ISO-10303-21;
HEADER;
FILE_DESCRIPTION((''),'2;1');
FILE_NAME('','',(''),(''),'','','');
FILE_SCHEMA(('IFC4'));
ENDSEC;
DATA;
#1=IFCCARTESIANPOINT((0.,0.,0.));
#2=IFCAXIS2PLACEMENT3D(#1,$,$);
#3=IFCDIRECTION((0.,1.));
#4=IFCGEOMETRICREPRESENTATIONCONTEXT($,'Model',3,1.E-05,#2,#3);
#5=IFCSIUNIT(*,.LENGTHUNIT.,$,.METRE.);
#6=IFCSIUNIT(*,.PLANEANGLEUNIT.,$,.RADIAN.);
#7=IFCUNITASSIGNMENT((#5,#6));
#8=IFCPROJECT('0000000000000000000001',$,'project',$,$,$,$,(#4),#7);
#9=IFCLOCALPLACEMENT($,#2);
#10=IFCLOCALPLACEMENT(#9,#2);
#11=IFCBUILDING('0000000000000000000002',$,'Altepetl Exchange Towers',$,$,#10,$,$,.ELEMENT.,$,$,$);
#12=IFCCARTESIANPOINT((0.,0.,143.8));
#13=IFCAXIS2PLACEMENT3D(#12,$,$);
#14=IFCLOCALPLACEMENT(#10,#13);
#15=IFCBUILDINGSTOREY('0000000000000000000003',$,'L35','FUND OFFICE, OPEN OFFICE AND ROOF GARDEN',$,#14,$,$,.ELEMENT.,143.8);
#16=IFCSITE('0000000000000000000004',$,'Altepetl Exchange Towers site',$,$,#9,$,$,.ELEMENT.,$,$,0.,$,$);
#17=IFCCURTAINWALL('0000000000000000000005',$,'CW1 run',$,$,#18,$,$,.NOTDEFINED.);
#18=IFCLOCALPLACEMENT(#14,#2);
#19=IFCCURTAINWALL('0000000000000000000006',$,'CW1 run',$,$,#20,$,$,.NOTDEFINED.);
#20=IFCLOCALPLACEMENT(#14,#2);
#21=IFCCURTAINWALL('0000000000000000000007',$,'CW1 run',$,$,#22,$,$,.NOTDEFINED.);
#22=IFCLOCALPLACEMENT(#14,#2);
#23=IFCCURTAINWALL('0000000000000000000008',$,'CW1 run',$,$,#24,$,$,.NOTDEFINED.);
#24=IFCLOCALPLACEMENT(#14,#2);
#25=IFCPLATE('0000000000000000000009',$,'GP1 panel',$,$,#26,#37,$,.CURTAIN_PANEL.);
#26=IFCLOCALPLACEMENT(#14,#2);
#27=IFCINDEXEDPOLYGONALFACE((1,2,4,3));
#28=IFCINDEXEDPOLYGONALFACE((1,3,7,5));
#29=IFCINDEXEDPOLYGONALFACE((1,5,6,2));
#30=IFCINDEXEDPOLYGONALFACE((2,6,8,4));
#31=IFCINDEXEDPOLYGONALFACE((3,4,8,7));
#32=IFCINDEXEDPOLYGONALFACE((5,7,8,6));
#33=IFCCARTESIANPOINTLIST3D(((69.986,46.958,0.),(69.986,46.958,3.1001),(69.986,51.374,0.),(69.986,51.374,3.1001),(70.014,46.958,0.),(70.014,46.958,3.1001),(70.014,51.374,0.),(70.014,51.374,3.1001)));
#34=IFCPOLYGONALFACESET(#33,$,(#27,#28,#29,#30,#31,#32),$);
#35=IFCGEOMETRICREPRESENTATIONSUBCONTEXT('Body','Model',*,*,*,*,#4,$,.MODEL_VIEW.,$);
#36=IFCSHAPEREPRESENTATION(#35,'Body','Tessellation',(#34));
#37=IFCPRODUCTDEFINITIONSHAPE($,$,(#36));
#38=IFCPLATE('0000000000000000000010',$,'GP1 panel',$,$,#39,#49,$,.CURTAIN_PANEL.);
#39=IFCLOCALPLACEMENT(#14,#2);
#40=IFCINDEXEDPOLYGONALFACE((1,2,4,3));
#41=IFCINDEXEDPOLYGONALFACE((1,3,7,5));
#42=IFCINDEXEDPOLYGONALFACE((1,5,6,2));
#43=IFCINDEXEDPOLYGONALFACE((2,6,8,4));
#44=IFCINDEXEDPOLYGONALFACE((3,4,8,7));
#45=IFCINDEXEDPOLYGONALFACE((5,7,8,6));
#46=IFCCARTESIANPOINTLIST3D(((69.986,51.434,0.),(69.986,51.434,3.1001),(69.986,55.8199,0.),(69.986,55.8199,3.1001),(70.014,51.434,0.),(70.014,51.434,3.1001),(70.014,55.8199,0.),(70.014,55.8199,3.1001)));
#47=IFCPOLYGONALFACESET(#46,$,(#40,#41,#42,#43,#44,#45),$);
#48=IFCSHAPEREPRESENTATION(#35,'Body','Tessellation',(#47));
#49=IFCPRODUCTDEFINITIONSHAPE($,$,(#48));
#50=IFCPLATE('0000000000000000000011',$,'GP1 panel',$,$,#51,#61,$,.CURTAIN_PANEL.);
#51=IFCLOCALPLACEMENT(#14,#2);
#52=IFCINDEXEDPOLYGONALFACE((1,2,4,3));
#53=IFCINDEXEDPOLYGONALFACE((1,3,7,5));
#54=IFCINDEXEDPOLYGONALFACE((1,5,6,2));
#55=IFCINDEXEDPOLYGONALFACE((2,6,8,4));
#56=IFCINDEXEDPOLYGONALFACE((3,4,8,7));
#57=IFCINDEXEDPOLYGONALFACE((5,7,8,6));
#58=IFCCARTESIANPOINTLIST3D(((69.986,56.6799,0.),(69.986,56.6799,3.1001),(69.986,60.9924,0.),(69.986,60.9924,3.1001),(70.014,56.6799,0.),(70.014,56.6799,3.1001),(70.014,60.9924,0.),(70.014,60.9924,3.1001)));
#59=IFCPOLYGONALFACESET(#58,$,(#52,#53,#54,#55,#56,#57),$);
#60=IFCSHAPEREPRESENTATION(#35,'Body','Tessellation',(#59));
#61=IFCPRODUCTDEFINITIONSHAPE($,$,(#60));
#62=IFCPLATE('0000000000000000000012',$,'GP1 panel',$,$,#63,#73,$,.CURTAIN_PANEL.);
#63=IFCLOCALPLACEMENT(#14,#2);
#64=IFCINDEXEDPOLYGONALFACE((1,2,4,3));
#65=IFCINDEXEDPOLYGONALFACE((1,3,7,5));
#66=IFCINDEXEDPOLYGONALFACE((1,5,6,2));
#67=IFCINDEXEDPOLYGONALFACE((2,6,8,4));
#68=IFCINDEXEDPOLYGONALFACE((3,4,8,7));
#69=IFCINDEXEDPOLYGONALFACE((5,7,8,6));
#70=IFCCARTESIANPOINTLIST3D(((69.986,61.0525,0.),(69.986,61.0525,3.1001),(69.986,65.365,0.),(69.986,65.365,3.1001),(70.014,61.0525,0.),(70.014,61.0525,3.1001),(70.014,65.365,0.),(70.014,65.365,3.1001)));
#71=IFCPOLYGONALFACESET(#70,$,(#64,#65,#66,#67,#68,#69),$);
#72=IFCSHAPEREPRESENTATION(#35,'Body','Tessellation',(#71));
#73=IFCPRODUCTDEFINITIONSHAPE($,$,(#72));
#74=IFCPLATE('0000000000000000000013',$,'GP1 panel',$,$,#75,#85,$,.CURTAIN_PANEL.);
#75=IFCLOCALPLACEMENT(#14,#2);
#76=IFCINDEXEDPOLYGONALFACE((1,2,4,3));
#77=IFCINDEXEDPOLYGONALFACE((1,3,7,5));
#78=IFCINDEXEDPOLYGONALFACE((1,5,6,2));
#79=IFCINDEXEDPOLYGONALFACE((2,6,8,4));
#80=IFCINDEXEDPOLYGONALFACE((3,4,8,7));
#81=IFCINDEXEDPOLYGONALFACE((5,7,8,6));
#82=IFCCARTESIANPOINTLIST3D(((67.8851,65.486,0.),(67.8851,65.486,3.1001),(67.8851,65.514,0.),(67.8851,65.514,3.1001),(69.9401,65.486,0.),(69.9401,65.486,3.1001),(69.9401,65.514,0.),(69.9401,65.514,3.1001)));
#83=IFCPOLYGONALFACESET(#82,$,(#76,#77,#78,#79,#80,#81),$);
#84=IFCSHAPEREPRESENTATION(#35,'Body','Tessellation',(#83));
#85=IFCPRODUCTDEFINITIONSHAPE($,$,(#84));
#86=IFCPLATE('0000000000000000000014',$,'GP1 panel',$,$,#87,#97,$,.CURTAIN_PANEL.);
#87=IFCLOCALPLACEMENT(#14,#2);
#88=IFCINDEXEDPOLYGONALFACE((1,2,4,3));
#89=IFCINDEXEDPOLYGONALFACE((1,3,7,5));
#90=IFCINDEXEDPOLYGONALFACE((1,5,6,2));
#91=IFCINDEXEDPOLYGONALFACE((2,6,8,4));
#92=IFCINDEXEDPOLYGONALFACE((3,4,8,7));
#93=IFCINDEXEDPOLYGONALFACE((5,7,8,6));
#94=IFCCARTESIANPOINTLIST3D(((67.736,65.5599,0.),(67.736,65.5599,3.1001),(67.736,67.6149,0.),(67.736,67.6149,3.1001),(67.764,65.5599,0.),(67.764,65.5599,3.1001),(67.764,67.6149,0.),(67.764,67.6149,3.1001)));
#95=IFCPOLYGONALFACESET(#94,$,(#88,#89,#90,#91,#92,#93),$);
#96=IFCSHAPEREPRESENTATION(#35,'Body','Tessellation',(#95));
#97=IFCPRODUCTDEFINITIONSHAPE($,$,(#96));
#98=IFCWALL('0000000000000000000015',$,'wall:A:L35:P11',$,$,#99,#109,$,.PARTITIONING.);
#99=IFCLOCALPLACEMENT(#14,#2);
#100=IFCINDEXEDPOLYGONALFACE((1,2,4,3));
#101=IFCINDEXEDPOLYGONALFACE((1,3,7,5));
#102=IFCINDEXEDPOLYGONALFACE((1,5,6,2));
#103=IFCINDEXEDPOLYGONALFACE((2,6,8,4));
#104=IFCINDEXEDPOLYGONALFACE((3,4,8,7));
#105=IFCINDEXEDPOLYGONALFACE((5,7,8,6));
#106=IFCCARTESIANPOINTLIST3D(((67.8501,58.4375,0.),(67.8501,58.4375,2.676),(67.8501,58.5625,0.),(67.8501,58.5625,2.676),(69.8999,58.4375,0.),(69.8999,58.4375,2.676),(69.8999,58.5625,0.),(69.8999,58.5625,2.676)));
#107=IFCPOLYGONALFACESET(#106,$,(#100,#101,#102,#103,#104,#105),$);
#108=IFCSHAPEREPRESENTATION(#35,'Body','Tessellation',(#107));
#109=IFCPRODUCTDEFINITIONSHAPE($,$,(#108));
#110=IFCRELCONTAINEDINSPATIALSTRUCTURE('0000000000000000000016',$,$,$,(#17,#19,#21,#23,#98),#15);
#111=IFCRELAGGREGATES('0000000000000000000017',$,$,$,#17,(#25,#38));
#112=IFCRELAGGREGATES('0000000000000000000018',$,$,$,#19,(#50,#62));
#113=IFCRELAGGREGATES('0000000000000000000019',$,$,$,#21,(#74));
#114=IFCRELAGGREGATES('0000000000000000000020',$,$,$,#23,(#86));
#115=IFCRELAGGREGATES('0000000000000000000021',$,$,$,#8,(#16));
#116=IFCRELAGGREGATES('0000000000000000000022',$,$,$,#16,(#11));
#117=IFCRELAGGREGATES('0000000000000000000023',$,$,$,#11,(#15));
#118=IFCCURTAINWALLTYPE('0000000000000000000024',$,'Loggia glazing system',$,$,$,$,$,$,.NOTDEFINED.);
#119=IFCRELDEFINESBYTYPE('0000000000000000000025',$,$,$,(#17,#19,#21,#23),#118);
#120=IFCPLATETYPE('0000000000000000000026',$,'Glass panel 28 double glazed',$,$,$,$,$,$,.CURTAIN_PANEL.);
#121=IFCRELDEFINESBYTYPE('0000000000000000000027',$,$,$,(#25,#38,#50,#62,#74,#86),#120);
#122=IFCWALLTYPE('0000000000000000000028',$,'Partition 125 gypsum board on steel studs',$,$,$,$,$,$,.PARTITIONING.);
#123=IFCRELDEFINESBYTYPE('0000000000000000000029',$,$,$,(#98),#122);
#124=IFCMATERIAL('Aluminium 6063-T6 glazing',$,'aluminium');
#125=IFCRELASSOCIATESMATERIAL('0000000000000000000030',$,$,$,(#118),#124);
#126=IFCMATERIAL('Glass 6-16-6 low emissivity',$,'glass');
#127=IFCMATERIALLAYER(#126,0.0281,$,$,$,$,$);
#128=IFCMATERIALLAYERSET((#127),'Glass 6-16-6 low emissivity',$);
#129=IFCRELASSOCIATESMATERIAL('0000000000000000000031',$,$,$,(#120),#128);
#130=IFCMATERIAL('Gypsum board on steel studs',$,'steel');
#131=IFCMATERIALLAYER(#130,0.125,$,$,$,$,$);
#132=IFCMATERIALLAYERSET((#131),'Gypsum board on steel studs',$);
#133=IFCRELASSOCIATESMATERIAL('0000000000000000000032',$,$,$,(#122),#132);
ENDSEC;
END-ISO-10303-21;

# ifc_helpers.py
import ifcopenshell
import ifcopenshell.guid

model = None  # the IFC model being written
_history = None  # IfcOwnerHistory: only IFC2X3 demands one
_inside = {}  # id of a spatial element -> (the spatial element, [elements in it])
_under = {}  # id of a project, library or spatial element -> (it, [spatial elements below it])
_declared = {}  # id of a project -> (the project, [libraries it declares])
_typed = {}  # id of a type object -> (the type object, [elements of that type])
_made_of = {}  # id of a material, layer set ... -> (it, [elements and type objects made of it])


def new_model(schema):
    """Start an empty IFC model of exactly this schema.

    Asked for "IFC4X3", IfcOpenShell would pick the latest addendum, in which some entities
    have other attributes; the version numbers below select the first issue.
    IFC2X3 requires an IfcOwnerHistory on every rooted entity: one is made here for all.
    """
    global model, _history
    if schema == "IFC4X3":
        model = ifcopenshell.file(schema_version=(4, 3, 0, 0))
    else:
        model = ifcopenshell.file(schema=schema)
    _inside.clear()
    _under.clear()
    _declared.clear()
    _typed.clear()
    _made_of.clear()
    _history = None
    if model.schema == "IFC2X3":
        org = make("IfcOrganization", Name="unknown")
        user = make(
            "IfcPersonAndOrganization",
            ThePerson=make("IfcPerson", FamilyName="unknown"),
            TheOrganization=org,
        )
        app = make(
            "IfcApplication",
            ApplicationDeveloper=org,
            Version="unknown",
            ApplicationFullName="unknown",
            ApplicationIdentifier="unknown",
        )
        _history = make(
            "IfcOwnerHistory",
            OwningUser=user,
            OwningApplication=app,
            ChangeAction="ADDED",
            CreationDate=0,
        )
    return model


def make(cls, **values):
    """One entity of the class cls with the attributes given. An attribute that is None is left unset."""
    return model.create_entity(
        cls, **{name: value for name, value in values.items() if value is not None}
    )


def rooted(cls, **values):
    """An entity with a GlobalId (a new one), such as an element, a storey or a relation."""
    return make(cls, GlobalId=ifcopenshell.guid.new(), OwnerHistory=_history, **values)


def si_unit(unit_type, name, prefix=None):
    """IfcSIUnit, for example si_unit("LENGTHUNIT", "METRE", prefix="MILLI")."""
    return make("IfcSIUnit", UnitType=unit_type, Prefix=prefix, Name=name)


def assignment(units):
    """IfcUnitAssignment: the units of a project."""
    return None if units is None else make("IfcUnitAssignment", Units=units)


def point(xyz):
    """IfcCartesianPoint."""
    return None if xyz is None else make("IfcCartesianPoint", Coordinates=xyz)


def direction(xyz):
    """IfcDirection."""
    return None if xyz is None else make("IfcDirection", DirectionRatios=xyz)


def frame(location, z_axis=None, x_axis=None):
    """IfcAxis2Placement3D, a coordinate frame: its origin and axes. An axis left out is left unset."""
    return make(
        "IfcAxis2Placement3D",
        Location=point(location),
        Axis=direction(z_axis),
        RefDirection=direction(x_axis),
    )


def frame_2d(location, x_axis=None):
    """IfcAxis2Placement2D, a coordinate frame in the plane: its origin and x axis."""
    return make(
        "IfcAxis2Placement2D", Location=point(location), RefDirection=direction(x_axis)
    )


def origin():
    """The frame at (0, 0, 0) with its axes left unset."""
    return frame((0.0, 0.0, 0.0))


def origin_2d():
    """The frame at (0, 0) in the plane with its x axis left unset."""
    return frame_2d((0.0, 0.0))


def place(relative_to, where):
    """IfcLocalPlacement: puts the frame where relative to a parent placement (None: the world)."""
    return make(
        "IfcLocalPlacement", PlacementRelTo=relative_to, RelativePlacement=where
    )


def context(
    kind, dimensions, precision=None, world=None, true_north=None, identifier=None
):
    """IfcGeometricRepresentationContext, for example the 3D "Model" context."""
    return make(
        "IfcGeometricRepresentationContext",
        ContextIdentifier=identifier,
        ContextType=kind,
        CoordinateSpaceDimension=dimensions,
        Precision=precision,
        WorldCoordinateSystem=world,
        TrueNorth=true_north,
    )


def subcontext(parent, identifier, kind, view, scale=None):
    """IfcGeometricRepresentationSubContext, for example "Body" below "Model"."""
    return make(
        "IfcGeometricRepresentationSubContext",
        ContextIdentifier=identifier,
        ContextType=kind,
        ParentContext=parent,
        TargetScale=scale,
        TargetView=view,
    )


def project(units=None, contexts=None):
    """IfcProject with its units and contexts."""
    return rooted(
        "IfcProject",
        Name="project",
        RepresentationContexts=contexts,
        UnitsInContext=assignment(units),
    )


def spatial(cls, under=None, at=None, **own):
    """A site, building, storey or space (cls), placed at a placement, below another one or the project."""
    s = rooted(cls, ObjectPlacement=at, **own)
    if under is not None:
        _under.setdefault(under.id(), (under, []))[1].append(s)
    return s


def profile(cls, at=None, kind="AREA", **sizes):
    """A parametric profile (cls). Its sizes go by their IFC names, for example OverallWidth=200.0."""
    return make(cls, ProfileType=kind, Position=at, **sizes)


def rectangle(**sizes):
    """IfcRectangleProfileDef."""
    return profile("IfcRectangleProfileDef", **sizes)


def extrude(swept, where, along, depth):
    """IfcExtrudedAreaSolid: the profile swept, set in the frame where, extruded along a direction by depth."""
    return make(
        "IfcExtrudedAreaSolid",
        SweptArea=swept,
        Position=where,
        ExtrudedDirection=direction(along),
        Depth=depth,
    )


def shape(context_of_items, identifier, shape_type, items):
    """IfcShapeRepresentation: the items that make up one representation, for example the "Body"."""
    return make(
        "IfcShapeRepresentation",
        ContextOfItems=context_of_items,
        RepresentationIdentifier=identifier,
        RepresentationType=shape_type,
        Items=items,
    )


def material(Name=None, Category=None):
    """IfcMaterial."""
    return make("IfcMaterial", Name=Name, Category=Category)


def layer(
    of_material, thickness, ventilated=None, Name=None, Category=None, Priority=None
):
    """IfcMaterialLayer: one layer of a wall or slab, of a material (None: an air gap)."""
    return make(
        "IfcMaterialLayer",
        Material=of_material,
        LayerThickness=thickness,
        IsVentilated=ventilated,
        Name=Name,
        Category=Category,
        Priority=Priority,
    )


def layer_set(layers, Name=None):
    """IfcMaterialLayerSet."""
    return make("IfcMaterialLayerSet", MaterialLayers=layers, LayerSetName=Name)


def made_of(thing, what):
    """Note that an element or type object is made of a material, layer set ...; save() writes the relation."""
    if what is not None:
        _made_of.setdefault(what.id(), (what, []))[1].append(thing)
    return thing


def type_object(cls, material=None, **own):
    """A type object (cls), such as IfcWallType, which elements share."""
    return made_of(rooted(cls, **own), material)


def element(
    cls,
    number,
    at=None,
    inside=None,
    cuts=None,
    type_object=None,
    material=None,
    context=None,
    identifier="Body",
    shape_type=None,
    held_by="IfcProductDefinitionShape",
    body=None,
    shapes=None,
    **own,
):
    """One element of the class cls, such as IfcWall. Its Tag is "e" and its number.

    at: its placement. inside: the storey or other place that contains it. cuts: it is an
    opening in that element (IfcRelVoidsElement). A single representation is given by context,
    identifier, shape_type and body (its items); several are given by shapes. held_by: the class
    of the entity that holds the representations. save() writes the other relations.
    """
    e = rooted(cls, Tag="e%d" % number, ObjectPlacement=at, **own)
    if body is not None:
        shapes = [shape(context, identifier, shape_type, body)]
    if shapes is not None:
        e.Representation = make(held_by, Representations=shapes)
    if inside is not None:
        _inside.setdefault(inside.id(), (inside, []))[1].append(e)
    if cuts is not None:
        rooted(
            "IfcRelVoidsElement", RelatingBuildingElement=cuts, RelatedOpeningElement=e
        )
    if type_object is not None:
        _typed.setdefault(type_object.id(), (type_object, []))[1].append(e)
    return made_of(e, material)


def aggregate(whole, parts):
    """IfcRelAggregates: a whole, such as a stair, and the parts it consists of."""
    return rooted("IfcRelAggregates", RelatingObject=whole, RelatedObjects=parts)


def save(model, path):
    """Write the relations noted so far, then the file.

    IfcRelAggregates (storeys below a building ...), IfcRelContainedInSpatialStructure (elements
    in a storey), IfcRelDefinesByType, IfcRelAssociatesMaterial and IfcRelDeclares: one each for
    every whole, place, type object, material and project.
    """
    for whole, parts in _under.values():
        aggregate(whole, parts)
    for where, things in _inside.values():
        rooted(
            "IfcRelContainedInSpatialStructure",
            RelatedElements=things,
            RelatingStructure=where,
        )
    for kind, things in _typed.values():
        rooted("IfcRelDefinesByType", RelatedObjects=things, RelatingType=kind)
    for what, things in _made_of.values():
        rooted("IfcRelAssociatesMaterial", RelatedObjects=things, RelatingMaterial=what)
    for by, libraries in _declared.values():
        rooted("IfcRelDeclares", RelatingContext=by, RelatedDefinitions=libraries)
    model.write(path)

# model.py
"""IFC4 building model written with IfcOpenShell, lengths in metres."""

from ifc_helpers import new_model, si_unit, direction, frame, frame_2d, origin, origin_2d, place, context, subcontext, project, spatial, rectangle, extrude, material, layer, layer_set, type_object, element, aggregate, save


model = new_model("IFC4")

# Units and contexts
model_context = context("Model", 3, precision=1e-05, world=origin(), true_north=direction((0.0, 1.0)))
body_context = subcontext(model_context, "Body", "Model", "MODEL_VIEW")
ifc_project = project(units=[si_unit("LENGTHUNIT", "METRE"), si_unit("PLANEANGLEUNIT", "RADIAN")], contexts=[model_context])

# Site, building, storey
site_placement = place(None, origin())
site = spatial("IfcSite", under=ifc_project, at=site_placement, Name="Altepetl Exchange Towers site", CompositionType="ELEMENT", RefElevation=0.0)
building_placement = place(site_placement, origin())
building = spatial("IfcBuilding", under=site, at=building_placement, Name="Altepetl Exchange Towers", CompositionType="ELEMENT")
storey_placement = place(building_placement, frame((0.0, 0.0, 143.8)))
storey = spatial("IfcBuildingStorey", under=building, at=storey_placement, Name="L35", Description="FUND OFFICE, OPEN OFFICE AND ROOF GARDEN", CompositionType="ELEMENT", Elevation=143.8)

# Curtain walls
ifc_material_1 = material(Name="Aluminium 6063-T6 glazing", Category="aluminium")
curtain_wall_type = type_object("IfcCurtainWallType", Name="Loggia glazing system", PredefinedType="NOTDEFINED", material=ifc_material_1)
curtain_wall_1_placement = place(storey_placement, origin())
curtain_wall_1 = element("IfcCurtainWall", 1, at=curtain_wall_1_placement, inside=storey, type_object=curtain_wall_type, Name="CW1 run", PredefinedType="NOTDEFINED")
curtain_wall_2_placement = place(storey_placement, origin())
curtain_wall_2 = element("IfcCurtainWall", 2, at=curtain_wall_2_placement, inside=storey, type_object=curtain_wall_type, Name="CW1 run", PredefinedType="NOTDEFINED")
curtain_wall_3_placement = place(storey_placement, origin())
curtain_wall_3 = element("IfcCurtainWall", 3, at=curtain_wall_3_placement, inside=storey, type_object=curtain_wall_type, Name="CW1 run", PredefinedType="NOTDEFINED")
curtain_wall_4_placement = place(storey_placement, origin())
curtain_wall_4 = element("IfcCurtainWall", 4, at=curtain_wall_4_placement, inside=storey, type_object=curtain_wall_type, Name="CW1 run", PredefinedType="NOTDEFINED")

# Plates
ifc_material_2 = material(Name="Glass 6-16-6 low emissivity", Category="glass")
ifc_layer_1 = layer(ifc_material_2, 0.0281)
ifc_layer_set_1 = layer_set([ifc_layer_1], Name="Glass 6-16-6 low emissivity")
plate_type = type_object("IfcPlateType", Name="Glass panel 28 double glazed", PredefinedType="CURTAIN_PANEL", material=ifc_layer_set_1)
plate_1_placement = place(storey_placement, frame((70.0, 49.166, 0.0), z_axis=(0.0, 0.0, 1.0), x_axis=(0.0, 1.0, 0.0)))
plate_1 = element("IfcPlate", 5, at=plate_1_placement, type_object=plate_type, Name="GP1 panel", PredefinedType="CURTAIN_PANEL", context=body_context, shape_type="SweptSolid", body=[
    extrude(rectangle(XDim=4.416, YDim=0.0281, at=origin_2d()), origin(), (0.0, 0.0, 1.0), 3.1001),
])
plate_2_placement = place(storey_placement, frame((70.0, 53.627, 0.0), z_axis=(0.0, 0.0, 1.0), x_axis=(0.0, 1.0, 0.0)))
plate_2 = element("IfcPlate", 6, at=plate_2_placement, type_object=plate_type, Name="GP1 panel", PredefinedType="CURTAIN_PANEL", context=body_context, shape_type="SweptSolid", body=[
    extrude(rectangle(XDim=4.386, YDim=0.0281, at=origin_2d()), origin(), (0.0, 0.0, 1.0), 3.1001),
])
aggregate(curtain_wall_1, [plate_1, plate_2])
plate_3_placement = place(storey_placement, frame((70.0, 58.8362, 0.0), z_axis=(0.0, 0.0, 1.0), x_axis=(0.0, 1.0, 0.0)))
plate_3 = element("IfcPlate", 7, at=plate_3_placement, type_object=plate_type, Name="GP1 panel", PredefinedType="CURTAIN_PANEL", context=body_context, shape_type="SweptSolid", body=[
    extrude(rectangle(XDim=4.3125, YDim=0.0281, at=origin_2d()), origin(), (0.0, 0.0, 1.0), 3.1001),
])
plate_4_placement = place(storey_placement, frame((70.0, 63.2087, 0.0), z_axis=(0.0, 0.0, 1.0), x_axis=(0.0, 1.0, 0.0)))
plate_4 = element("IfcPlate", 8, at=plate_4_placement, type_object=plate_type, Name="GP1 panel", PredefinedType="CURTAIN_PANEL", context=body_context, shape_type="SweptSolid", body=[
    extrude(rectangle(XDim=4.3125, YDim=0.0281, at=origin_2d()), origin(), (0.0, 0.0, 1.0), 3.1001),
])
aggregate(curtain_wall_2, [plate_3, plate_4])
plate_5_placement = place(storey_placement, frame((68.9126, 65.5, 0.0), z_axis=(0.0, 0.0, 1.0), x_axis=(-1.0, 0.0, 0.0)))
plate_5 = element("IfcPlate", 9, at=plate_5_placement, type_object=plate_type, Name="GP1 panel", PredefinedType="CURTAIN_PANEL", context=body_context, shape_type="SweptSolid", body=[
    extrude(rectangle(XDim=2.0549, YDim=0.0281, at=origin_2d()), origin(), (0.0, 0.0, 1.0), 3.1001),
])
aggregate(curtain_wall_3, [plate_5])
plate_6_placement = place(storey_placement, frame((67.75, 66.5874, 0.0), z_axis=(0.0, 0.0, 1.0), x_axis=(0.0, 1.0, 0.0)))
plate_6 = element("IfcPlate", 10, at=plate_6_placement, type_object=plate_type, Name="GP1 panel", PredefinedType="CURTAIN_PANEL", context=body_context, shape_type="SweptSolid", body=[
    extrude(rectangle(XDim=2.0549, YDim=0.0281, at=origin_2d()), origin(), (0.0, 0.0, 1.0), 3.1001),
])
aggregate(curtain_wall_4, [plate_6])

# Wall
ifc_material_3 = material(Name="Gypsum board on steel studs", Category="steel")
ifc_layer_2 = layer(ifc_material_3, 0.125)
ifc_layer_set_2 = layer_set([ifc_layer_2], Name="Gypsum board on steel studs")
wall_type = type_object("IfcWallType", Name="Partition 125 gypsum board on steel studs", PredefinedType="PARTITIONING", material=ifc_layer_set_2)
wall_placement = place(storey_placement, frame((67.8501, 58.5, 0.0)))
element("IfcWall", 11, at=wall_placement, inside=storey, type_object=wall_type, Name="wall:A:L35:P11", PredefinedType="PARTITIONING", context=body_context, shape_type="SweptSolid", body=[
    extrude(rectangle(XDim=2.0498, YDim=0.125, at=frame_2d((1.0249, 0.0))), origin(), (0.0, 0.0, 1.0), 2.676),
])

save(model, "model.ifc")
